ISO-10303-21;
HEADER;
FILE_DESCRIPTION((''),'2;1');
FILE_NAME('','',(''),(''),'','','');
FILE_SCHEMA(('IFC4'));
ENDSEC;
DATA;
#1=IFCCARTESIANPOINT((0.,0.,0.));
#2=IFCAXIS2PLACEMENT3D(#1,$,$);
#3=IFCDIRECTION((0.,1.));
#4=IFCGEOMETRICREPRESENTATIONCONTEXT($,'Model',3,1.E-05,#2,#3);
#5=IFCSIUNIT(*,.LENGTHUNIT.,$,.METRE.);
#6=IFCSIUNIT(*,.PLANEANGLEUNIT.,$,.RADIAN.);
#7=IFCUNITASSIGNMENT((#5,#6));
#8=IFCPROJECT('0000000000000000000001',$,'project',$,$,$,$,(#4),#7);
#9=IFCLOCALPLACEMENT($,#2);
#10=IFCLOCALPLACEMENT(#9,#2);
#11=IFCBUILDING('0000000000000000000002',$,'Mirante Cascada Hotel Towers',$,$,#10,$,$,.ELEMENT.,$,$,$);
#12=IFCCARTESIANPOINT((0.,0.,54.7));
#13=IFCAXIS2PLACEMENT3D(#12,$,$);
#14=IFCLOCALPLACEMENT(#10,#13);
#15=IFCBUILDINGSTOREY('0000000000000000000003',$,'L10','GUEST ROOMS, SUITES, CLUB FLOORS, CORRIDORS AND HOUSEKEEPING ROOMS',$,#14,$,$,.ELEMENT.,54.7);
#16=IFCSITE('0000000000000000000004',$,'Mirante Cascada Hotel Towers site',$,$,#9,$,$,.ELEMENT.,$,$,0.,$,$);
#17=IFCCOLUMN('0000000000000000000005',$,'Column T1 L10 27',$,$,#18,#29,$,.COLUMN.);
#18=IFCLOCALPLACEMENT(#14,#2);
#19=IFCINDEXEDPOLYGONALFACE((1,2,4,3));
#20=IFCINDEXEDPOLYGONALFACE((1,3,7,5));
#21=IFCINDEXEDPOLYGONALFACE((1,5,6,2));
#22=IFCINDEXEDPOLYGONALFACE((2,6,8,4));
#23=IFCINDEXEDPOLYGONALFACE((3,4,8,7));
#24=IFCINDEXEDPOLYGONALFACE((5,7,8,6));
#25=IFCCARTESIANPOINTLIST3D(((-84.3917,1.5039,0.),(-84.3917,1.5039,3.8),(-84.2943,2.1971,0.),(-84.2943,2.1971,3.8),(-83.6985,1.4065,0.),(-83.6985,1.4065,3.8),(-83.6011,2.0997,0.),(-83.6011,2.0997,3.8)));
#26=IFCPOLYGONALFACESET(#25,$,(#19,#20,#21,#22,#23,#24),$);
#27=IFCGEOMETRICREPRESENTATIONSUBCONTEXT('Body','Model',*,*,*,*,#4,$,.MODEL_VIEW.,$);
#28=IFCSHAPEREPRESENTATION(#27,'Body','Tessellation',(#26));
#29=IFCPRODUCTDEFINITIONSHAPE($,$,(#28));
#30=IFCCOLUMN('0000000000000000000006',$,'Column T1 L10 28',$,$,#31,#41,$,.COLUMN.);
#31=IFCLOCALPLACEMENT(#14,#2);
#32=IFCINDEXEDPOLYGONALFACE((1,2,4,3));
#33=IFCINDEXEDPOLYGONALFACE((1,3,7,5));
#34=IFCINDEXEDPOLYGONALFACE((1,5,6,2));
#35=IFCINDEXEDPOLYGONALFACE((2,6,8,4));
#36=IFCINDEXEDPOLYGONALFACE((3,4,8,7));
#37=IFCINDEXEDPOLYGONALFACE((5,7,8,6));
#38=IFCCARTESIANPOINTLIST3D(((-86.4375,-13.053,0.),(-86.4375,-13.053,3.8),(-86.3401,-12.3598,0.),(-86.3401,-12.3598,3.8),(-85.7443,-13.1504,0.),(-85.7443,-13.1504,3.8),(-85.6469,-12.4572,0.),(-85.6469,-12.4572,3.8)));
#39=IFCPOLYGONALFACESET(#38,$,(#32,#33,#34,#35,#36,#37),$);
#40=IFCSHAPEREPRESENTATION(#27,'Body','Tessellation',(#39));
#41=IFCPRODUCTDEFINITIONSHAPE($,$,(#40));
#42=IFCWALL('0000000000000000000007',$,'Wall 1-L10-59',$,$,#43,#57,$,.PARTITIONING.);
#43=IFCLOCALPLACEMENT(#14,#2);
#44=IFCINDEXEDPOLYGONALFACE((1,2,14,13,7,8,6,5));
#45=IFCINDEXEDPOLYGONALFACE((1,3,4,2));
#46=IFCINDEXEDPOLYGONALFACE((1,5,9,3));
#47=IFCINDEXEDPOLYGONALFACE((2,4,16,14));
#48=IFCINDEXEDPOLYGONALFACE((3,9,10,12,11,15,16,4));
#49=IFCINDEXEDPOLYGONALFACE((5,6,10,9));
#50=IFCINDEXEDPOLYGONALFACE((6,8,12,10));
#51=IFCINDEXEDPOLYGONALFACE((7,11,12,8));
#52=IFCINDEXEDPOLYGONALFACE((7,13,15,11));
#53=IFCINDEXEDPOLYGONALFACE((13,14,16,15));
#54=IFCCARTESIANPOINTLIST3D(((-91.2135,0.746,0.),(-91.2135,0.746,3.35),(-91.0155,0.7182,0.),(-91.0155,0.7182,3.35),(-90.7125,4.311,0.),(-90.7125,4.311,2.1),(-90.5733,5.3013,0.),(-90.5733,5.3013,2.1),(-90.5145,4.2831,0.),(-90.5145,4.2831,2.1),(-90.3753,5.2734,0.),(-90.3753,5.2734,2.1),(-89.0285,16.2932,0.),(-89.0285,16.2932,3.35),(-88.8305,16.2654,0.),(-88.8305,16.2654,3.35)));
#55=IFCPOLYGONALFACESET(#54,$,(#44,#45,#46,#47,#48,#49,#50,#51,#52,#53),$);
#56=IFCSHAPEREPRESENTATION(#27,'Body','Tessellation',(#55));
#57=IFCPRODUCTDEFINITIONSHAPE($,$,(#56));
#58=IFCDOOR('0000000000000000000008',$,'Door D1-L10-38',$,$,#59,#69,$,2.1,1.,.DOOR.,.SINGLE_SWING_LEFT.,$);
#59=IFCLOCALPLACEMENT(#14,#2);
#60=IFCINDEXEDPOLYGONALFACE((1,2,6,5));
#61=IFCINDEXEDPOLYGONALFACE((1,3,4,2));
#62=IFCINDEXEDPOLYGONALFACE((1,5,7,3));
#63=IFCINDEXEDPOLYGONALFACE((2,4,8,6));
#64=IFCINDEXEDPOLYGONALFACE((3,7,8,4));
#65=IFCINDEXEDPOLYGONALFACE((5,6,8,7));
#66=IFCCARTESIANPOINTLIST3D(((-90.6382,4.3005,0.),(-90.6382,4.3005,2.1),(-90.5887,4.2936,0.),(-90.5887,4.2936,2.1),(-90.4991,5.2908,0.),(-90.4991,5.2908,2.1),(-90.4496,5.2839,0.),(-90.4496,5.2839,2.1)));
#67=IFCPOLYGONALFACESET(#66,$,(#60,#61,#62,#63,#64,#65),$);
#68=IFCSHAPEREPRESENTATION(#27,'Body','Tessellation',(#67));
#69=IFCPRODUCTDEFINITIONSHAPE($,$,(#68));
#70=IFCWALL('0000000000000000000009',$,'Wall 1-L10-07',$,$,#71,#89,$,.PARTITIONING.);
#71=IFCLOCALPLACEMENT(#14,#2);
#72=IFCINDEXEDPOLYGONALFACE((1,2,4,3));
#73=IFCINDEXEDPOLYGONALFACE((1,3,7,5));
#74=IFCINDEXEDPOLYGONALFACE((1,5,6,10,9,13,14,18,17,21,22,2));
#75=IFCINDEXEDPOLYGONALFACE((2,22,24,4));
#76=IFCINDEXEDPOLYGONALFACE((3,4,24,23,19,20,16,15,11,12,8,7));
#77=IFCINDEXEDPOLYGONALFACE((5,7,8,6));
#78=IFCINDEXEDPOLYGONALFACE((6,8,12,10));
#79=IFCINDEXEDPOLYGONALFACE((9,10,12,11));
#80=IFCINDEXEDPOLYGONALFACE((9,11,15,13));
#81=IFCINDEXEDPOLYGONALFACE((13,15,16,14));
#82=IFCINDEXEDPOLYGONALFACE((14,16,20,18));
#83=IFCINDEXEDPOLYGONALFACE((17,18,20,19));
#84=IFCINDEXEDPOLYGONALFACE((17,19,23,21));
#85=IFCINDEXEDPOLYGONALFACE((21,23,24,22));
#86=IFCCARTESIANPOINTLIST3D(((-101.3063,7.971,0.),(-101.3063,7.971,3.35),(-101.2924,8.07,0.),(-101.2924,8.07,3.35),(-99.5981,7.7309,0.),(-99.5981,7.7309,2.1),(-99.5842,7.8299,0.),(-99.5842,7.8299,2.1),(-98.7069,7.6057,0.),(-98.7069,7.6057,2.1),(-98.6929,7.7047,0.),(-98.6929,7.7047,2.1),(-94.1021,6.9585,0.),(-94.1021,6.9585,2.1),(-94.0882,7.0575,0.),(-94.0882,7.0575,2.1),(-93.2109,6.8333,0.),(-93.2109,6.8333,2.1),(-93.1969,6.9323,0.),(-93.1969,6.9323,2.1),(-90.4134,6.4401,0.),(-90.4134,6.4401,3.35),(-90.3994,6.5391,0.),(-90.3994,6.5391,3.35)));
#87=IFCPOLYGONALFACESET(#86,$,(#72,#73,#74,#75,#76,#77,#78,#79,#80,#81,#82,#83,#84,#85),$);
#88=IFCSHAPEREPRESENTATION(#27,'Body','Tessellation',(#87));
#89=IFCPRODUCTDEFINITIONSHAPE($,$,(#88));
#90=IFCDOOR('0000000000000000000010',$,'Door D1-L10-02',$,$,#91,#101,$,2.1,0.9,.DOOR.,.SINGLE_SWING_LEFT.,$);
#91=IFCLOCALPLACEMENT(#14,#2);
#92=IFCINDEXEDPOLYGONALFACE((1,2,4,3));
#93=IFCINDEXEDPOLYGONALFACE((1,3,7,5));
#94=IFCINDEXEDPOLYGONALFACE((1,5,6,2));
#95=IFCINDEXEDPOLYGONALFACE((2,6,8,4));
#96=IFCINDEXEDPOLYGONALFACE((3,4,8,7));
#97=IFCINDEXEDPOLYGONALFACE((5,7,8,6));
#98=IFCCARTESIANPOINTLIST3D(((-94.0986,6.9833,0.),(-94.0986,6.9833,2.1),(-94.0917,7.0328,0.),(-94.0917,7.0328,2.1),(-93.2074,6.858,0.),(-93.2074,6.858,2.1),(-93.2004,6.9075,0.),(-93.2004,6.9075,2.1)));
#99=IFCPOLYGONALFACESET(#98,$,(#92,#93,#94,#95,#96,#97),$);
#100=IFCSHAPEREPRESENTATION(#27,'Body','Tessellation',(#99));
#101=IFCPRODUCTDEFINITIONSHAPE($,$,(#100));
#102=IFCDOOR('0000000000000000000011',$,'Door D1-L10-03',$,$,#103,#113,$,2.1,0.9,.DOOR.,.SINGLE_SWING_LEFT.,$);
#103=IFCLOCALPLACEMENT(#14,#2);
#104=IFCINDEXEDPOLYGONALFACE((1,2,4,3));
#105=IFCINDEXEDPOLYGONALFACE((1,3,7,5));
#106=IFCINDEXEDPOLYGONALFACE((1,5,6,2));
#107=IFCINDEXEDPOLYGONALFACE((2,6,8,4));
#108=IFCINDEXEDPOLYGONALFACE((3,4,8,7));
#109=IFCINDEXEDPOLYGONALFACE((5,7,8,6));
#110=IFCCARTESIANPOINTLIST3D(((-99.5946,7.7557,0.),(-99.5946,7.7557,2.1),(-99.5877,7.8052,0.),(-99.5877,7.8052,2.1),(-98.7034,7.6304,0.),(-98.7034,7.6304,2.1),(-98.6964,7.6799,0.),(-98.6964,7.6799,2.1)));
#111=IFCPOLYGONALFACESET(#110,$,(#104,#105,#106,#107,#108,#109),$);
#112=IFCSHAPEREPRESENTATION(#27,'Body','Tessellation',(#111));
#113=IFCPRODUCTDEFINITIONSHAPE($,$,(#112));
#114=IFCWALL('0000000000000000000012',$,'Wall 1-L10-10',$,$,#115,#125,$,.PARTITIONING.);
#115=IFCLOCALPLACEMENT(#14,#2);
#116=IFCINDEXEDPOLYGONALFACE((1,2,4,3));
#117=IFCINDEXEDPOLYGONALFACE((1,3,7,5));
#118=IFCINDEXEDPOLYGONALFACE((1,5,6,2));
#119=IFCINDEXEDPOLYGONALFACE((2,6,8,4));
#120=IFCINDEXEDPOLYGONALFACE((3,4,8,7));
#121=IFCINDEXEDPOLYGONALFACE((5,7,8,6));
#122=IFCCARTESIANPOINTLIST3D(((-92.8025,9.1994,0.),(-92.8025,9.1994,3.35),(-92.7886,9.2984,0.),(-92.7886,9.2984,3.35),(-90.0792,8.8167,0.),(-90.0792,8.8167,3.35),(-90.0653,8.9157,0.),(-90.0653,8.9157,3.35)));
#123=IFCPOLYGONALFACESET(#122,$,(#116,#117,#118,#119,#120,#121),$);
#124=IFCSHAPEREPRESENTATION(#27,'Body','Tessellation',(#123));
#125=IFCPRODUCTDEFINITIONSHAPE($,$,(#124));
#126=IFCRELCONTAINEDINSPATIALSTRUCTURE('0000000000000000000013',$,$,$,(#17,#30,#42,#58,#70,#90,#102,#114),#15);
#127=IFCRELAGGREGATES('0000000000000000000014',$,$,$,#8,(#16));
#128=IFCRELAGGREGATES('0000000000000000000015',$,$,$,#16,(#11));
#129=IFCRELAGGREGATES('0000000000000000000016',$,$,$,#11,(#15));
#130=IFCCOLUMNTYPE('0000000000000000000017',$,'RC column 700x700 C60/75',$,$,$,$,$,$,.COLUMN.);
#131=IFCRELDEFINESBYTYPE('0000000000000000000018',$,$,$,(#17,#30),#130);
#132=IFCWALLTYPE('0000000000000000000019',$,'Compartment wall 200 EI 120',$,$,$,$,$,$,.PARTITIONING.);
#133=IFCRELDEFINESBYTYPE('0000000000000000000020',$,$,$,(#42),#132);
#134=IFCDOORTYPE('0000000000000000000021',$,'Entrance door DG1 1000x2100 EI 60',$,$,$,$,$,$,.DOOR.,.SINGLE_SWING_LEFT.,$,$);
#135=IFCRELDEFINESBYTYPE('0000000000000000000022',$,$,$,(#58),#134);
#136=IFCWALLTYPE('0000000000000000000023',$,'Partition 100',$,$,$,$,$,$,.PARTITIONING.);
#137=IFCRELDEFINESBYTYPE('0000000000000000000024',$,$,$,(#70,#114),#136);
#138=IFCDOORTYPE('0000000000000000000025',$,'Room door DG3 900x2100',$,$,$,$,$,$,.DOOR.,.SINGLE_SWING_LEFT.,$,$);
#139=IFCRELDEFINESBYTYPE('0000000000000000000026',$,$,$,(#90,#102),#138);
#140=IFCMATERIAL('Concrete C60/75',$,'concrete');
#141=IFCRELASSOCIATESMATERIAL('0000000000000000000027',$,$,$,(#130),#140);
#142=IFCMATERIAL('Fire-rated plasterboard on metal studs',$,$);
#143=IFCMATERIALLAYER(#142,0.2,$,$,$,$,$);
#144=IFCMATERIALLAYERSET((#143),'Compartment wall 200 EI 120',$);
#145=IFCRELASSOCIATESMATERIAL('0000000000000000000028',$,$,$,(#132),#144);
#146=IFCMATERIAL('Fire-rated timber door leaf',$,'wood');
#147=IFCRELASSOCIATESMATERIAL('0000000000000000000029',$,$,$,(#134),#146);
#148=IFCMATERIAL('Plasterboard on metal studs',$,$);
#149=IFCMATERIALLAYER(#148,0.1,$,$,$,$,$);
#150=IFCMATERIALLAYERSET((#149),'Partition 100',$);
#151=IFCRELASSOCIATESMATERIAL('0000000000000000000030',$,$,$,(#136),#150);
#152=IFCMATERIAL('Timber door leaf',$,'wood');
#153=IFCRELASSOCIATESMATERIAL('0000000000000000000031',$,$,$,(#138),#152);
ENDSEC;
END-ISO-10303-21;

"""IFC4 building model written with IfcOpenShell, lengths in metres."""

from ifc_helpers import new_model, si_unit, direction, frame, frame_2d, origin, origin_2d, place, context, subcontext, project, spatial, rectangle, extrude, material, layer, layer_set, material_profile, profile_set, type_object, element, fill, save


model = new_model("IFC4")

# Units and contexts
model_context = context("Model", 3, precision=1e-05, world=origin(), true_north=direction((0.0, 1.0)))
body_context = subcontext(model_context, "Body", "Model", "MODEL_VIEW")
ifc_project = project(units=[si_unit("LENGTHUNIT", "METRE"), si_unit("PLANEANGLEUNIT", "RADIAN")], contexts=[model_context])

# Site, building, storey
site_placement = place(None, origin())
site = spatial("IfcSite", under=ifc_project, at=site_placement, Name="Mirante Cascada Hotel Towers site", CompositionType="ELEMENT", RefElevation=0.0)
building_placement = place(site_placement, origin())
building = spatial("IfcBuilding", under=site, at=building_placement, Name="Mirante Cascada Hotel Towers", CompositionType="ELEMENT")
storey_placement = place(building_placement, frame((0.0, 0.0, 54.7)))
storey = spatial("IfcBuildingStorey", under=building, at=storey_placement, Name="L10", Description="GUEST ROOMS, SUITES, CLUB FLOORS, CORRIDORS AND HOUSEKEEPING ROOMS", CompositionType="ELEMENT", Elevation=54.7)

# Columns
ifc_material_1 = material(Name="Concrete C60/75", Category="concrete")
ifc_material_profile = material_profile(ifc_material_1, rectangle(XDim=0.7, YDim=0.7, at=origin_2d()), Name="RC column 700x700 C60/75")
ifc_profile_set = profile_set([ifc_material_profile], Name="Concrete C60/75")
column_type = type_object("IfcColumnType", Name="RC column 700x700 C60/75", PredefinedType="COLUMN", material=ifc_profile_set)
for number, where, z_axis, x_axis, name in (
    (1, (-83.9964, 1.8018, 0.0), (0.0, 0.0, 1.0), (-0.990268, 0.139173, 0.0), "Column T1 L10 27"),
    (2, (-86.0422, -12.7551, 0.0), (0.0, 0.0, 1.0), (-0.990268, 0.139173, 0.0), "Column T1 L10 28"),
):
    element("IfcColumn", number, at=place(storey_placement, frame(where, z_axis=z_axis, x_axis=x_axis)), inside=storey, type_object=column_type, Name=name, PredefinedType="COLUMN", context=body_context, shape_type="SweptSolid", body=[
        extrude(rectangle(XDim=0.7, YDim=0.7, at=origin_2d()), origin(), (0.0, 0.0, 1.0), 3.8),
    ])

# Wall, opening, door
ifc_material_2 = material(Name="Fire-rated plasterboard on metal studs")
ifc_layer_1 = layer(ifc_material_2, 0.2)
ifc_layer_set_1 = layer_set([ifc_layer_1], Name="Compartment wall 200 EI 120")
wall_type_1 = type_object("IfcWallType", Name="Compartment wall 200 EI 120", PredefinedType="PARTITIONING", material=ifc_layer_set_1)
wall_1_placement = place(storey_placement, frame((-91.1145, 0.7321, 0.0), z_axis=(0.0, 0.0, 1.0), x_axis=(0.139172, 0.990268, 0.0)))
wall_1 = element("IfcWall", 3, at=wall_1_placement, inside=storey, type_object=wall_type_1, Name="Wall 1-L10-59", PredefinedType="PARTITIONING", context=body_context, shape_type="SweptSolid", body=[
    extrude(rectangle(XDim=15.7, YDim=0.2, at=frame_2d((7.85, 0.0))), origin(), (0.0, 0.0, 1.0), 3.35),
])
opening_1_placement = place(wall_1_placement, frame((3.6, 0.0, 0.0)))
opening_1 = element("IfcOpeningElement", 4, at=opening_1_placement, cuts=wall_1, PredefinedType="OPENING", context=body_context, shape_type="SweptSolid", body=[
    extrude(rectangle(XDim=1.0, YDim=2.1, at=frame_2d((0.5, 1.05))), frame((0.0, 0.1, 0.0), z_axis=(0.0, -1.0, 0.0), x_axis=(1.0, 0.0, 0.0)), (0.0, 0.0, 1.0), 0.2),
])
ifc_material_3 = material(Name="Fire-rated timber door leaf", Category="wood")
door_type_1 = type_object("IfcDoorType", Name="Entrance door DG1 1000x2100 EI 60", OperationType="SINGLE_SWING_LEFT", PredefinedType="DOOR", material=ifc_material_3)
door_1_placement = place(opening_1_placement, origin())
door_1 = element("IfcDoor", 5, at=door_1_placement, inside=storey, type_object=door_type_1, Name="Door D1-L10-38", OperationType="SINGLE_SWING_LEFT", OverallHeight=2.1, OverallWidth=1.0, PredefinedType="DOOR", context=body_context, shape_type="SweptSolid", body=[
    extrude(rectangle(XDim=1.0, YDim=2.1, at=frame_2d((0.5, 1.05))), frame((0.0, 0.025, 0.0), z_axis=(0.0, -1.0, 0.0), x_axis=(1.0, 0.0, 0.0)), (0.0, 0.0, 1.0), 0.05),
])
fill(opening_1, door_1)

# Wall, openings, doors
ifc_material_4 = material(Name="Plasterboard on metal studs")
ifc_layer_2 = layer(ifc_material_4, 0.1)
ifc_layer_set_2 = layer_set([ifc_layer_2], Name="Partition 100")
wall_type_2 = type_object("IfcWallType", Name="Partition 100", PredefinedType="PARTITIONING", material=ifc_layer_set_2)
wall_2_placement = place(storey_placement, frame((-90.4064, 6.4896, 0.0), z_axis=(0.0, 0.0, 1.0), x_axis=(-0.990268, 0.139173, 0.0)))
wall_2 = element("IfcWall", 6, at=wall_2_placement, inside=storey, type_object=wall_type_2, Name="Wall 1-L10-07", PredefinedType="PARTITIONING", context=body_context, shape_type="SweptSolid", body=[
    extrude(rectangle(XDim=11.0, YDim=0.1, at=frame_2d((5.5, 0.0))), origin(), (0.0, 0.0, 1.0), 3.35),
])
opening_2_placement = place(wall_2_placement, frame((2.825, 0.0, 0.0)))
opening_2 = element("IfcOpeningElement", 7, at=opening_2_placement, cuts=wall_2, PredefinedType="OPENING", context=body_context, shape_type="SweptSolid", body=[
    extrude(rectangle(XDim=0.9, YDim=2.1, at=frame_2d((0.45, 1.05))), frame((0.0, 0.05, 0.0), z_axis=(0.0, -1.0, 0.0), x_axis=(1.0, 0.0, 0.0)), (0.0, 0.0, 1.0), 0.1),
])
opening_3_placement = place(wall_2_placement, frame((8.375, 0.0, 0.0)))
opening_3 = element("IfcOpeningElement", 8, at=opening_3_placement, cuts=wall_2, PredefinedType="OPENING", context=body_context, shape_type="SweptSolid", body=[
    extrude(rectangle(XDim=0.9, YDim=2.1, at=frame_2d((0.45, 1.05))), frame((0.0, 0.05, 0.0), z_axis=(0.0, -1.0, 0.0), x_axis=(1.0, 0.0, 0.0)), (0.0, 0.0, 1.0), 0.1),
])
ifc_material_5 = material(Name="Timber door leaf", Category="wood")
door_type_2 = type_object("IfcDoorType", Name="Room door DG3 900x2100", OperationType="SINGLE_SWING_LEFT", PredefinedType="DOOR", material=ifc_material_5)
door_2_placement = place(opening_2_placement, origin())
door_2 = element("IfcDoor", 9, at=door_2_placement, inside=storey, type_object=door_type_2, Name="Door D1-L10-02", OperationType="SINGLE_SWING_LEFT", OverallHeight=2.1, OverallWidth=0.9, PredefinedType="DOOR", context=body_context, shape_type="SweptSolid", body=[
    extrude(rectangle(XDim=0.9, YDim=2.1, at=frame_2d((0.45, 1.05))), frame((0.0, 0.025, 0.0), z_axis=(0.0, -1.0, 0.0), x_axis=(1.0, 0.0, 0.0)), (0.0, 0.0, 1.0), 0.05),
])
fill(opening_2, door_2)
door_3_placement = place(opening_3_placement, origin())
door_3 = element("IfcDoor", 10, at=door_3_placement, inside=storey, type_object=door_type_2, Name="Door D1-L10-03", OperationType="SINGLE_SWING_LEFT", OverallHeight=2.1, OverallWidth=0.9, PredefinedType="DOOR", context=body_context, shape_type="SweptSolid", body=[
    extrude(rectangle(XDim=0.9, YDim=2.1, at=frame_2d((0.45, 1.05))), frame((0.0, 0.025, 0.0), z_axis=(0.0, -1.0, 0.0), x_axis=(1.0, 0.0, 0.0)), (0.0, 0.0, 1.0), 0.05),
])
fill(opening_3, door_3)

# Wall
wall_3_placement = place(storey_placement, frame((-92.7956, 9.2489, 0.0), z_axis=(0.0, 0.0, 1.0), x_axis=(0.99027, -0.139161, 0.0)))
element("IfcWall", 11, at=wall_3_placement, inside=storey, type_object=wall_type_2, Name="Wall 1-L10-10", PredefinedType="PARTITIONING", context=body_context, shape_type="SweptSolid", body=[
    extrude(rectangle(XDim=2.7501, YDim=0.1, at=frame_2d((1.3751, 0.0))), origin(), (0.0, 0.0, 1.0), 3.35),
])

save(model, "model.ifc")
